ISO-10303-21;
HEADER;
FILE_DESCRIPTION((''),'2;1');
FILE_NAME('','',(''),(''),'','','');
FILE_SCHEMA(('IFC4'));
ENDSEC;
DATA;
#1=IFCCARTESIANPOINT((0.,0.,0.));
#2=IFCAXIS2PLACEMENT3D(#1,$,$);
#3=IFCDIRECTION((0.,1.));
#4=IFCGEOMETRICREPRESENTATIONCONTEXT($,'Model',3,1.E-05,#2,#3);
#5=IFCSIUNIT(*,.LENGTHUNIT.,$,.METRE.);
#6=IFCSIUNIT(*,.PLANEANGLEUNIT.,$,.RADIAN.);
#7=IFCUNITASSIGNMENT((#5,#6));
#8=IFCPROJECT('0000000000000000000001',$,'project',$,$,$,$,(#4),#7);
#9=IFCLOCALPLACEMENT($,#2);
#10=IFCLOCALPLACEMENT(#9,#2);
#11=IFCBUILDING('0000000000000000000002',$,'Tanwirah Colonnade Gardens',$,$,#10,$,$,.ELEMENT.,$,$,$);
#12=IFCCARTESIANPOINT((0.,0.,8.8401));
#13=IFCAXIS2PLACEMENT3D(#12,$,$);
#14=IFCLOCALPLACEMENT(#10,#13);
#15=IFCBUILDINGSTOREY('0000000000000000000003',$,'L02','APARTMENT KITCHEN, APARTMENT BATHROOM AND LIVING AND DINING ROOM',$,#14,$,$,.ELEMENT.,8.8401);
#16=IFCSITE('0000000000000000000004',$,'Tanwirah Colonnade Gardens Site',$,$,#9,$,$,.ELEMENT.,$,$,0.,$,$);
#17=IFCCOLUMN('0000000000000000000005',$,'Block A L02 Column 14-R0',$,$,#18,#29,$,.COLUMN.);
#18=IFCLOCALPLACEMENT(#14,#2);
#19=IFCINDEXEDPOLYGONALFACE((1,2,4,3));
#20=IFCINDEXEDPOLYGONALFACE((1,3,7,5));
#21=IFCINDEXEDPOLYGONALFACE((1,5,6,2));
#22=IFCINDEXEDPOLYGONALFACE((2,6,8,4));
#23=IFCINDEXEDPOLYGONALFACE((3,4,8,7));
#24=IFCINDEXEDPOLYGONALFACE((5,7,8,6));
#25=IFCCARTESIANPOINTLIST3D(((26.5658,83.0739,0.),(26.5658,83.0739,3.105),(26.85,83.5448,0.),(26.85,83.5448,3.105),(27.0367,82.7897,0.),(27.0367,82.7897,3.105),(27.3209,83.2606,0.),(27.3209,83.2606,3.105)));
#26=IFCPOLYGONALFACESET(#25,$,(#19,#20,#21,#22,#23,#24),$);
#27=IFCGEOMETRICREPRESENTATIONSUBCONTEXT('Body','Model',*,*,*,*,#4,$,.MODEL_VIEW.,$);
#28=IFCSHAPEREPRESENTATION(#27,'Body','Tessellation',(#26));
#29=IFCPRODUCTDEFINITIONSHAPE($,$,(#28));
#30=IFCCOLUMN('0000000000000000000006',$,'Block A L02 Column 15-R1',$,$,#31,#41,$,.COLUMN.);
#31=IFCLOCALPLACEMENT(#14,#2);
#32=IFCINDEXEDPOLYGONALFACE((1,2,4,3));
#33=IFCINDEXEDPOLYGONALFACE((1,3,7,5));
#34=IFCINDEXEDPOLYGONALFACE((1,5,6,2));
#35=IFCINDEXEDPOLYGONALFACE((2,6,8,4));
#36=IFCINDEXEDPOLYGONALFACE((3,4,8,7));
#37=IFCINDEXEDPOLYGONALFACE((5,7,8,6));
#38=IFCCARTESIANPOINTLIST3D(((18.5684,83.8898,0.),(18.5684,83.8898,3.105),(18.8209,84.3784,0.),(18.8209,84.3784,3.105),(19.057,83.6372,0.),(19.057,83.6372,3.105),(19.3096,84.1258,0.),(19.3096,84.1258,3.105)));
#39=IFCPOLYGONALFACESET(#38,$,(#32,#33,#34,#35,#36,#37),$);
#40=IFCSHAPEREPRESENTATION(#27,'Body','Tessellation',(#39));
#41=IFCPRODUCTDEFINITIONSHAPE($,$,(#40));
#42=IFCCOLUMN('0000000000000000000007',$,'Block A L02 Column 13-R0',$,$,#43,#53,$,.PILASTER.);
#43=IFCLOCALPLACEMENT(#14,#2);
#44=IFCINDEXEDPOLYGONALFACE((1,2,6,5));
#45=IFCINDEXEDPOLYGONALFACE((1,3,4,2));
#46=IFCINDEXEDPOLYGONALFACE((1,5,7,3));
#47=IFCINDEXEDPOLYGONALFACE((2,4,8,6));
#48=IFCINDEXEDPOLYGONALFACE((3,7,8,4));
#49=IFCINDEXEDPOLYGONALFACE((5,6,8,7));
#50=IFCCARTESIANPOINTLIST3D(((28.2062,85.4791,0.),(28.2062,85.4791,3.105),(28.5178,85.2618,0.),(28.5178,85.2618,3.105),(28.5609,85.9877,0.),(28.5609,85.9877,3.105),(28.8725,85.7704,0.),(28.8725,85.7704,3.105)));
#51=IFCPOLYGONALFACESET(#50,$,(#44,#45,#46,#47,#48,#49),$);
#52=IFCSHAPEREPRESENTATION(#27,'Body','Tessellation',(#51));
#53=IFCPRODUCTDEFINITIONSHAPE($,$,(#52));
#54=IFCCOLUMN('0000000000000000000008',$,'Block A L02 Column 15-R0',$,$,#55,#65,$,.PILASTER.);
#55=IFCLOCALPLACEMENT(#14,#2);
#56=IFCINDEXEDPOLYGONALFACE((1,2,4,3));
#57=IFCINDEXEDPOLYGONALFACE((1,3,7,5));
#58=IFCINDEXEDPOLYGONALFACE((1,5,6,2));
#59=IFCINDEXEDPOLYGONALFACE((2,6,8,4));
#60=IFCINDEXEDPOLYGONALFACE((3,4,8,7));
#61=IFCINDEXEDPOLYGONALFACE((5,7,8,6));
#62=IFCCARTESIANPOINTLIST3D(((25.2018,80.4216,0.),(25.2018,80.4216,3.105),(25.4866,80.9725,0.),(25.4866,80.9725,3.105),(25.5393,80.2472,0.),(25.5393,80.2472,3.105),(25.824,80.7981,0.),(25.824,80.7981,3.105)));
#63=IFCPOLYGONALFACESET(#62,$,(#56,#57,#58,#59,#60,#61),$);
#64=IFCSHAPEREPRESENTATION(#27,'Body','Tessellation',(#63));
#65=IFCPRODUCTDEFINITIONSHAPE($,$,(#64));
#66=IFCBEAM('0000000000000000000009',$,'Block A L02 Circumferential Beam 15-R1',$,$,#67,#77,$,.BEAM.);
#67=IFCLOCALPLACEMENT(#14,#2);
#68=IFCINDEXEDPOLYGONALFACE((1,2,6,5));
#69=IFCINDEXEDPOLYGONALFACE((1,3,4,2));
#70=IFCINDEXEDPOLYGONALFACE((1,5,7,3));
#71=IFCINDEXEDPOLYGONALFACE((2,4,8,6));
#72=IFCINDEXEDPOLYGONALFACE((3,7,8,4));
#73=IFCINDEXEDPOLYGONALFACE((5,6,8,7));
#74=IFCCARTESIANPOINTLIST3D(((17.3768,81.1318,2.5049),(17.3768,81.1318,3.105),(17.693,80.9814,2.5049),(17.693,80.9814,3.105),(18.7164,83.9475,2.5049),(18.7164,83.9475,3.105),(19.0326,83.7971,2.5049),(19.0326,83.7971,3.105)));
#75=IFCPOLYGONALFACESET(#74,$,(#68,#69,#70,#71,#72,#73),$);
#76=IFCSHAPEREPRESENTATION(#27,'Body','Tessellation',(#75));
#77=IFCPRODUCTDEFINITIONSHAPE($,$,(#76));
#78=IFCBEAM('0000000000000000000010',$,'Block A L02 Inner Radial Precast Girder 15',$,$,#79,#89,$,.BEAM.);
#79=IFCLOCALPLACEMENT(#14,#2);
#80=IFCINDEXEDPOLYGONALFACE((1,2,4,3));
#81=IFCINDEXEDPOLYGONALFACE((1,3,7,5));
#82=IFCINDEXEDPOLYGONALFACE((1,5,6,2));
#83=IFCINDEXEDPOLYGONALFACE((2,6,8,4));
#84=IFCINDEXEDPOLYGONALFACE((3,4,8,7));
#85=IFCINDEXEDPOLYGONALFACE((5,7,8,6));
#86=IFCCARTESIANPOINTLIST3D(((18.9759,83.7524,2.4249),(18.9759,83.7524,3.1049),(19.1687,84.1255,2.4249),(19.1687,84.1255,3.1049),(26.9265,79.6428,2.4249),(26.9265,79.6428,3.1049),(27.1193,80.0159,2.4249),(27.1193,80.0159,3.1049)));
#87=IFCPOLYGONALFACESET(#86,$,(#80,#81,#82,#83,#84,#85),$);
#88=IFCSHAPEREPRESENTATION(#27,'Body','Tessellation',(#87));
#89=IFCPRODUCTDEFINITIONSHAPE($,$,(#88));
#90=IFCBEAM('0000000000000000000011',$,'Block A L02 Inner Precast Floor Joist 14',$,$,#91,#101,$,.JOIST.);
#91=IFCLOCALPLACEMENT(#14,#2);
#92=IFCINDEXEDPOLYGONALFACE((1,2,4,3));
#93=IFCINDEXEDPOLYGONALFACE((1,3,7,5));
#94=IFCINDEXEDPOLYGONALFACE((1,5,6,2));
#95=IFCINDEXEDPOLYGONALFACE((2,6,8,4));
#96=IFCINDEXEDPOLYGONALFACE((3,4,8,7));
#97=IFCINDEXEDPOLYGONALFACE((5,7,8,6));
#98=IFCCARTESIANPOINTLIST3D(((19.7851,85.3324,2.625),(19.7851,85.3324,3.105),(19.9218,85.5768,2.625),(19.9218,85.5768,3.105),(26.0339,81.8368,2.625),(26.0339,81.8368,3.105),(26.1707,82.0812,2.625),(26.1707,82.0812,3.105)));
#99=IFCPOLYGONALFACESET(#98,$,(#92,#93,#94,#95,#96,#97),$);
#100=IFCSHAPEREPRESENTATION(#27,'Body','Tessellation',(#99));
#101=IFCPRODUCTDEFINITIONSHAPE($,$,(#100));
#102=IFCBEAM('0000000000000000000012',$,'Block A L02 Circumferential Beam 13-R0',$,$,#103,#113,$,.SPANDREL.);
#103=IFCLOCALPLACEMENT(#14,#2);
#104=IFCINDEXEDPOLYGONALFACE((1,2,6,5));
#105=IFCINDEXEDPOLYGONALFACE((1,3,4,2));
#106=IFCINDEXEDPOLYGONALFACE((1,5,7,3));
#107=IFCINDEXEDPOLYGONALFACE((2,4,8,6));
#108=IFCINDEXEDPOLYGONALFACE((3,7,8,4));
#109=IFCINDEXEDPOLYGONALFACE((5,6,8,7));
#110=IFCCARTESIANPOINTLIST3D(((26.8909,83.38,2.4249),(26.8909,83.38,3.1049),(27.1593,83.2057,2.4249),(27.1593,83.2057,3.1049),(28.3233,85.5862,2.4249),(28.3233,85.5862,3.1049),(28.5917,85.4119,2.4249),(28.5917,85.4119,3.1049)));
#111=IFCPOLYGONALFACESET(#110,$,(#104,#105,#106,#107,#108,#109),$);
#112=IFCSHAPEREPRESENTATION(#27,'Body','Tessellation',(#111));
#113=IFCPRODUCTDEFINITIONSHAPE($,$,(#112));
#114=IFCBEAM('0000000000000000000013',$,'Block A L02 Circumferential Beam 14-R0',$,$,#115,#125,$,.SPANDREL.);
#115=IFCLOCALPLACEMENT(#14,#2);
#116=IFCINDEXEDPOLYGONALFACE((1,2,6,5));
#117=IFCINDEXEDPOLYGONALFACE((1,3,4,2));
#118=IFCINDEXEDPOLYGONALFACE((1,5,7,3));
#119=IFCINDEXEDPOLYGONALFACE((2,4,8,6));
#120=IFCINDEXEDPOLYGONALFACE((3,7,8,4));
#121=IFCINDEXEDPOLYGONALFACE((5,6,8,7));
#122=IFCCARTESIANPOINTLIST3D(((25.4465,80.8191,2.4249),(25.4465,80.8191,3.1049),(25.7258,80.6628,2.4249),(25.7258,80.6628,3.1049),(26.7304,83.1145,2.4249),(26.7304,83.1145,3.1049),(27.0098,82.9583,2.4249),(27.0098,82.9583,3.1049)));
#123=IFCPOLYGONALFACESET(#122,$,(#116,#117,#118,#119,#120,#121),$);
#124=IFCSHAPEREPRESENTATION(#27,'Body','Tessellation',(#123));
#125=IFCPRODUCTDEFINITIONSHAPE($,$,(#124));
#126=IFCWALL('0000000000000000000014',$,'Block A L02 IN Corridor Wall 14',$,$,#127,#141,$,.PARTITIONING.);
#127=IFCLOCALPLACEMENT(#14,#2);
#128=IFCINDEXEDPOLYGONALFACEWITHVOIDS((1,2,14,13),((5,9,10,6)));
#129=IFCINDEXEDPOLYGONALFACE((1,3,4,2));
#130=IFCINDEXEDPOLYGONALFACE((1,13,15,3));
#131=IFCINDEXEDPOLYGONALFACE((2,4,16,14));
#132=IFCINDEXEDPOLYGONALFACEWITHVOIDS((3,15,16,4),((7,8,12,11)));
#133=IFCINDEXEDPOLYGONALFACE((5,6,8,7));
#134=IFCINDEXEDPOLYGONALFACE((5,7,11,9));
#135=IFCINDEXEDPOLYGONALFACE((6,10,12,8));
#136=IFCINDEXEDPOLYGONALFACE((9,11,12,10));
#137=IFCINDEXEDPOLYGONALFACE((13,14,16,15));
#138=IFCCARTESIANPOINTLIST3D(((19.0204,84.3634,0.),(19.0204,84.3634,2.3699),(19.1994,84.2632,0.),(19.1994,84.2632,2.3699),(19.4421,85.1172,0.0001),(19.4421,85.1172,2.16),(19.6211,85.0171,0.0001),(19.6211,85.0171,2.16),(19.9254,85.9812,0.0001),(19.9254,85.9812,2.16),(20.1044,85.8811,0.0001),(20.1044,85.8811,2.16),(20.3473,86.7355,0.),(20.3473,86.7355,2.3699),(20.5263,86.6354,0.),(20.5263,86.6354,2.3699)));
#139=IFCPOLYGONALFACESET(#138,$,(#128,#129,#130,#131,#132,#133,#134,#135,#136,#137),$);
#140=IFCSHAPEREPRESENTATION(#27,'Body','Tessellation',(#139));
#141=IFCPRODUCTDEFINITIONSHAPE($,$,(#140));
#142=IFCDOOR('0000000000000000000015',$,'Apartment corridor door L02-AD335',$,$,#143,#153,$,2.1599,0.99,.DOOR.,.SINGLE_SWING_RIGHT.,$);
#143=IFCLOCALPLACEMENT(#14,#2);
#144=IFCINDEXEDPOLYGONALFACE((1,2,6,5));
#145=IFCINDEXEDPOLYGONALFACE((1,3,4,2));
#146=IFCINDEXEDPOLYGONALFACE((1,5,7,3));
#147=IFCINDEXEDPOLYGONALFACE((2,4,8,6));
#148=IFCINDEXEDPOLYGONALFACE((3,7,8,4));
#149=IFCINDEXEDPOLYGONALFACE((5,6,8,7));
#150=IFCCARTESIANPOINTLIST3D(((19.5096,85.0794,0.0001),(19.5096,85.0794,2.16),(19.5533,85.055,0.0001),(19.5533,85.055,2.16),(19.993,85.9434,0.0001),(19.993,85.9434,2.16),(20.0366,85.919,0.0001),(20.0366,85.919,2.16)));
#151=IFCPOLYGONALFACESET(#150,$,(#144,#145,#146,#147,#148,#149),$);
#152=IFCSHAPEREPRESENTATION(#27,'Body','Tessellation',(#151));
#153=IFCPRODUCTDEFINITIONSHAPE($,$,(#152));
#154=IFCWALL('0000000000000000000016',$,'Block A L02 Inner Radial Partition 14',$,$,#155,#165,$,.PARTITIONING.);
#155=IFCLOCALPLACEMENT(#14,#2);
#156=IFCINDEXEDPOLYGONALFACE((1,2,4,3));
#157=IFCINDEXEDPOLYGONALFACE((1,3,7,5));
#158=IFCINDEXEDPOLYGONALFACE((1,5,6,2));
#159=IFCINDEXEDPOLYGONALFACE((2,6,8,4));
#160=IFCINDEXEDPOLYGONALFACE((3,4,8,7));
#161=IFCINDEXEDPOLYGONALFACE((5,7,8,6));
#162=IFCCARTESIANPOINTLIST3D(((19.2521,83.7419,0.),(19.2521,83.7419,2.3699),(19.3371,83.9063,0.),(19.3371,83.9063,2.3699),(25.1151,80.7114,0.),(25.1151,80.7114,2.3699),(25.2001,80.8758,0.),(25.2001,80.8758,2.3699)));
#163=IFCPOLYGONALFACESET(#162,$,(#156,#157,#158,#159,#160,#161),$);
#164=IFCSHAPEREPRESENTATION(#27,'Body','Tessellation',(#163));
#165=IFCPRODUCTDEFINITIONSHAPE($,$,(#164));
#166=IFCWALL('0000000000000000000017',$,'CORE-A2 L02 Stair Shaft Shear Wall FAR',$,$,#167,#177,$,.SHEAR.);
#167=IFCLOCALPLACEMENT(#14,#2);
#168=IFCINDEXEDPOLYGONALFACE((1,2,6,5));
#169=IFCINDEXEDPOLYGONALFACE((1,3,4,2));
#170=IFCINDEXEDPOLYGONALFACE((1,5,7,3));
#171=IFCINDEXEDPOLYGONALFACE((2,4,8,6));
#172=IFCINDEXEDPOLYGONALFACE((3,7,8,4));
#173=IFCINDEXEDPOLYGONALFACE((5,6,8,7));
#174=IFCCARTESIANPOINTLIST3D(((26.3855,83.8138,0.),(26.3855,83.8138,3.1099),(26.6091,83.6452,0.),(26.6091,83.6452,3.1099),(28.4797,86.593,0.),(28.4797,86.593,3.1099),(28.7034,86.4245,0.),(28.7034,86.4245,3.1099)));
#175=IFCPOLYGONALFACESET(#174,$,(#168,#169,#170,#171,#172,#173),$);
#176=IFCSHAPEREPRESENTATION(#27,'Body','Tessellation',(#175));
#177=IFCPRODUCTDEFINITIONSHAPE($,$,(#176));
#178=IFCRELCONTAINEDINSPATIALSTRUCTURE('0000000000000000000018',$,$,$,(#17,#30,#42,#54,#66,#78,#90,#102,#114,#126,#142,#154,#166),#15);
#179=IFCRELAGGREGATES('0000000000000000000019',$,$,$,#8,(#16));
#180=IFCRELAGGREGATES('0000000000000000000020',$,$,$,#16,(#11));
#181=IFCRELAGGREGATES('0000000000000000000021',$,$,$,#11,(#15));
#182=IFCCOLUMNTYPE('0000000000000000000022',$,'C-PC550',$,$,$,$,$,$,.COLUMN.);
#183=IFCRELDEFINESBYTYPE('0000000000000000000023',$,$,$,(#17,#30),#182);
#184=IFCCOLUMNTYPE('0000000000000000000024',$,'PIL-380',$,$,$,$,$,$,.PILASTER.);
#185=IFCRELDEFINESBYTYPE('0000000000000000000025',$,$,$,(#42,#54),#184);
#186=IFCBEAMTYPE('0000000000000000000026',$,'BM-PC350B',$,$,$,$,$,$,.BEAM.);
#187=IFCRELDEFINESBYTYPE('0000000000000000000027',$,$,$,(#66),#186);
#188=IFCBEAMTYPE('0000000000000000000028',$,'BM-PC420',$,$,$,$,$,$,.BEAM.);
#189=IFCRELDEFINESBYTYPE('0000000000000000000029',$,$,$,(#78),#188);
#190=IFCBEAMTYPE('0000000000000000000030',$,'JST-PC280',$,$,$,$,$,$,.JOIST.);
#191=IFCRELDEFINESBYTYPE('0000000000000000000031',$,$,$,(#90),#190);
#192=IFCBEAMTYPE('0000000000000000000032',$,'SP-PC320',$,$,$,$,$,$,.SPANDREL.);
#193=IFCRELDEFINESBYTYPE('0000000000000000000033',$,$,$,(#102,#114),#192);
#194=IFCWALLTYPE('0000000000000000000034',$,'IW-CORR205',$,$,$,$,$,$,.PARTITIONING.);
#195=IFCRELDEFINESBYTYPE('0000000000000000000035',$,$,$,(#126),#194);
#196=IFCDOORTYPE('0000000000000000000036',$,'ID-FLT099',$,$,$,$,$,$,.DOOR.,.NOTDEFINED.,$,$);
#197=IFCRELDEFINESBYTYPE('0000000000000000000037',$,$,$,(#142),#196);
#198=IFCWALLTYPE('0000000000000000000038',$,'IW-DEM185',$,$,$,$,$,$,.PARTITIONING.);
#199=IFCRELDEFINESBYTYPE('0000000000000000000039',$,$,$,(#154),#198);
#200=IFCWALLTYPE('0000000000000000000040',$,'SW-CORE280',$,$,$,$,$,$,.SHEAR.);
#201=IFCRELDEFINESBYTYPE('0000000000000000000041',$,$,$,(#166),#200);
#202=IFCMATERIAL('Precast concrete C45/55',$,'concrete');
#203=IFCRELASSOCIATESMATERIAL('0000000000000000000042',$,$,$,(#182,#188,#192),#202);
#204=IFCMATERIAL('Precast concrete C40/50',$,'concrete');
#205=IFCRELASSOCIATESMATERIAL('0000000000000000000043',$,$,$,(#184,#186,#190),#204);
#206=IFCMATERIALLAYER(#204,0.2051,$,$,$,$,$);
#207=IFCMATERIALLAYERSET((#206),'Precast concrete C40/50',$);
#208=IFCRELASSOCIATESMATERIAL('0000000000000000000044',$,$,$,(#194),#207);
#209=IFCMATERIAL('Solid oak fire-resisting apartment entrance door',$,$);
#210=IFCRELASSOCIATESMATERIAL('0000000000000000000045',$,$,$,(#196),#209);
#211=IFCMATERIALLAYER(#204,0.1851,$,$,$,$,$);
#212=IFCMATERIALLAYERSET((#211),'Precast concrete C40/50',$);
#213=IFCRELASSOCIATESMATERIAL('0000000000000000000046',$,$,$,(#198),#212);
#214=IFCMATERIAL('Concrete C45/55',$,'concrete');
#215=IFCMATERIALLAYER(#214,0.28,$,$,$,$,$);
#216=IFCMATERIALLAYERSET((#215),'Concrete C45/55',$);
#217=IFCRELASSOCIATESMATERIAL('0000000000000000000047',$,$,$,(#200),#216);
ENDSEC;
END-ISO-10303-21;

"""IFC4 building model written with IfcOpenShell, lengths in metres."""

from ifc_helpers import new_model, si_unit, direction, frame, frame_2d, origin, origin_2d, place, context, subcontext, project, spatial, rectangle, extrude, material, layer, layer_set, material_profile, profile_set, type_object, element, fill, save


model = new_model("IFC4")

# Units and contexts
model_context = context("Model", 3, precision=1e-05, world=origin(), true_north=direction((0.0, 1.0)))
body_context = subcontext(model_context, "Body", "Model", "MODEL_VIEW")
ifc_project = project(units=[si_unit("LENGTHUNIT", "METRE"), si_unit("PLANEANGLEUNIT", "RADIAN")], contexts=[model_context])

# Site, building, storey
site_placement = place(None, origin())
site = spatial("IfcSite", under=ifc_project, at=site_placement, Name="Tanwirah Colonnade Gardens Site", CompositionType="ELEMENT", RefElevation=0.0)
building_placement = place(site_placement, origin())
building = spatial("IfcBuilding", under=site, at=building_placement, Name="Tanwirah Colonnade Gardens", CompositionType="ELEMENT")
storey_placement = place(building_placement, frame((0.0, 0.0, 8.8401)))
storey = spatial("IfcBuildingStorey", under=building, at=storey_placement, Name="L02", Description="APARTMENT KITCHEN, APARTMENT BATHROOM AND LIVING AND DINING ROOM", CompositionType="ELEMENT", Elevation=8.8401)

# Columns
ifc_material_1 = material(Name="Precast concrete C45/55", Category="concrete")
ifc_material_profile_1 = material_profile(ifc_material_1, rectangle(XDim=0.55, YDim=0.55, at=origin_2d()), Name="PC-COL 550x550")
ifc_profile_set_1 = profile_set([ifc_material_profile_1], Name="Precast concrete C45/55")
column_type_1 = type_object("IfcColumnType", Name="C-PC550", PredefinedType="COLUMN", material=ifc_profile_set_1)
for number, where, z_axis, x_axis, name in (
    (1, (26.9434, 83.1672, 0.0), (0.0, 0.0, 1.0), (-0.856167, 0.516699, 0.0), "Block A L02 Column 14-R0"),
    (2, (18.939, 84.0078, 0.0), (0.0, 0.0, 1.0), (-0.88835, 0.459166, 0.0), "Block A L02 Column 15-R1"),
):
    element("IfcColumn", number, at=place(storey_placement, frame(where, z_axis=z_axis, x_axis=x_axis)), inside=storey, type_object=column_type_1, Name=name, PredefinedType="COLUMN", context=body_context, shape_type="SweptSolid", body=[
        extrude(rectangle(XDim=0.55, YDim=0.55, at=origin_2d()), origin(), (0.0, 0.0, 1.0), 3.105),
    ])
ifc_material_2 = material(Name="Precast concrete C40/50", Category="concrete")
ifc_material_profile_2 = material_profile(ifc_material_2, rectangle(XDim=0.3799, YDim=0.6201, at=origin_2d()), Name="PC-PIL 380x620")
ifc_profile_set_2 = profile_set([ifc_material_profile_2], Name="Precast concrete C40/50")
column_type_2 = type_object("IfcColumnType", Name="PIL-380", PredefinedType="PILASTER", material=ifc_profile_set_2)
for number, where, z_axis, x_axis, name in (
    (3, (28.5393, 85.6248, 0.0), (0.0, 0.0, 1.0), (-0.820263, 0.571987, 0.0), "Block A L02 Column 13-R0"),
    (4, (25.5129, 80.6099, 0.0), (0.0, 0.0, 1.0), (-0.88835, 0.459166, 0.0), "Block A L02 Column 15-R0"),
):
    element("IfcColumn", number, at=place(storey_placement, frame(where, z_axis=z_axis, x_axis=x_axis)), inside=storey, type_object=column_type_2, Name=name, PredefinedType="PILASTER", context=body_context, shape_type="SweptSolid", body=[
        extrude(rectangle(XDim=0.3799, YDim=0.6201, at=origin_2d()), origin(), (0.0, 0.0, 1.0), 3.105),
    ])

# Beams
ifc_material_profile_3 = material_profile(ifc_material_2, rectangle(XDim=0.3501, YDim=0.6001, at=origin_2d()), Name="PC-BM 350x600")
ifc_profile_set_3 = profile_set([ifc_material_profile_3], Name="Precast concrete C40/50")
beam_type_1 = type_object("IfcBeamType", Name="BM-PC350B", PredefinedType="BEAM", material=ifc_profile_set_3)
beam_1_placement = place(storey_placement, frame((18.8745, 83.8723, 2.8049), z_axis=(-0.429621, -0.90301, 0.0), x_axis=(0.90301, -0.429621, 0.0)))
element("IfcBeam", 5, at=beam_1_placement, inside=storey, type_object=beam_type_1, Name="Block A L02 Circumferential Beam 15-R1", PredefinedType="BEAM", context=body_context, shape_type="SweptSolid", body=[
    extrude(rectangle(XDim=0.3501, YDim=0.6001, at=origin_2d()), origin(), (0.0, 0.0, 1.0), 3.1182),
])
ifc_material_profile_4 = material_profile(ifc_material_1, rectangle(XDim=0.4199, YDim=0.6799, at=origin_2d()), Name="PC-BM 420x680")
ifc_profile_set_4 = profile_set([ifc_material_profile_4], Name="Precast concrete C45/55")
beam_type_2 = type_object("IfcBeamType", Name="BM-PC420", PredefinedType="BEAM", material=ifc_profile_set_4)
beam_2_placement = place(storey_placement, frame((19.0723, 83.939, 2.7649), z_axis=(0.888345, -0.459176, 0.0), x_axis=(0.459176, 0.888345, 0.0)))
element("IfcBeam", 6, at=beam_2_placement, inside=storey, type_object=beam_type_2, Name="Block A L02 Inner Radial Precast Girder 15", PredefinedType="BEAM", context=body_context, shape_type="SweptSolid", body=[
    extrude(rectangle(XDim=0.4199, YDim=0.6799, at=origin_2d()), origin(), (0.0, 0.0, 1.0), 8.95),
])
ifc_material_profile_5 = material_profile(ifc_material_2, rectangle(XDim=0.28, YDim=0.48, at=origin_2d()), Name="PC-JST 280x480")
ifc_profile_set_5 = profile_set([ifc_material_profile_5], Name="Precast concrete C40/50")
beam_type_3 = type_object("IfcBeamType", Name="JST-PC280", PredefinedType="JOIST", material=ifc_profile_set_5)
beam_3_placement = place(storey_placement, frame((26.1023, 81.959, 2.865), z_axis=(-0.872727, 0.488209, 0.0), x_axis=(-0.488209, -0.872727, 0.0)))
element("IfcBeam", 7, at=beam_3_placement, inside=storey, type_object=beam_type_3, Name="Block A L02 Inner Precast Floor Joist 14", PredefinedType="JOIST", context=body_context, shape_type="SweptSolid", body=[
    extrude(rectangle(XDim=0.28, YDim=0.48, at=origin_2d()), origin(), (0.0, 0.0, 1.0), 7.1602),
])
ifc_material_profile_6 = material_profile(ifc_material_1, rectangle(XDim=0.3201, YDim=0.6799, at=origin_2d()), Name="PC-SP 320x680")
ifc_profile_set_6 = profile_set([ifc_material_profile_6], Name="Precast concrete C45/55")
beam_type_4 = type_object("IfcBeamType", Name="SP-PC320", PredefinedType="SPANDREL", material=ifc_profile_set_6)
beam_4_placement = place(storey_placement, frame((28.4575, 85.499, 2.7649), z_axis=(-0.544571, -0.838715, 0.0), x_axis=(0.838715, -0.544571, 0.0)))
element("IfcBeam", 8, at=beam_4_placement, inside=storey, type_object=beam_type_4, Name="Block A L02 Circumferential Beam 13-R0", PredefinedType="SPANDREL", context=body_context, shape_type="SweptSolid", body=[
    extrude(rectangle(XDim=0.3201, YDim=0.6799, at=origin_2d()), origin(), (0.0, 0.0, 1.0), 2.6304),
])
beam_5_placement = place(storey_placement, frame((26.8701, 83.0364, 2.7649), z_axis=(-0.488171, -0.872748, 0.0), x_axis=(0.872748, -0.488171, 0.0)))
element("IfcBeam", 9, at=beam_5_placement, inside=storey, type_object=beam_type_4, Name="Block A L02 Circumferential Beam 14-R0", PredefinedType="SPANDREL", context=body_context, shape_type="SweptSolid", body=[
    extrude(rectangle(XDim=0.3201, YDim=0.6799, at=origin_2d()), origin(), (0.0, 0.0, 1.0), 2.6301),
])

# Wall, opening, door
ifc_layer_1 = layer(ifc_material_2, 0.2051)
ifc_layer_set_1 = layer_set([ifc_layer_1], Name="Precast concrete C40/50")
wall_type_1 = type_object("IfcWallType", Name="IW-CORR205", PredefinedType="PARTITIONING", material=ifc_layer_set_1)
wall_1_placement = place(storey_placement, frame((20.4368, 86.6853, 0.0), z_axis=(0.0, 0.0, 1.0), x_axis=(-0.488196, -0.872734, 0.0)))
wall_1 = element("IfcWall", 10, at=wall_1_placement, inside=storey, type_object=wall_type_1, Name="Block A L02 IN Corridor Wall 14", PredefinedType="PARTITIONING", context=body_context, shape_type="SweptSolid", body=[
    extrude(rectangle(XDim=2.718, YDim=0.2051, at=frame_2d((1.3589, 0.0))), origin(), (0.0, 0.0, 1.0), 2.3699),
])
opening_placement = place(wall_1_placement, frame((0.864, 0.0, 0.0)))
opening = element("IfcOpeningElement", 11, at=opening_placement, cuts=wall_1, PredefinedType="OPENING", context=body_context, shape_type="SweptSolid", body=[
    extrude(rectangle(XDim=0.99, YDim=2.1599, at=frame_2d((0.4951, 1.0801))), frame((0.0, 0.1125, 0.0), z_axis=(0.0, -1.0, 0.0), x_axis=(1.0, 0.0, 0.0)), (0.0, 0.0, 1.0), 0.2251),
])
ifc_material_3 = material(Name="Solid oak fire-resisting apartment entrance door")
door_type = type_object("IfcDoorType", Name="ID-FLT099", OperationType="NOTDEFINED", PredefinedType="DOOR", material=ifc_material_3)
door_placement = place(opening_placement, origin())
door = element("IfcDoor", 12, at=door_placement, inside=storey, type_object=door_type, Name="Apartment corridor door L02-AD335", OperationType="SINGLE_SWING_RIGHT", OverallHeight=2.1599, OverallWidth=0.99, PredefinedType="DOOR", context=body_context, shape_type="SweptSolid", body=[
    extrude(rectangle(XDim=0.99, YDim=2.1599, at=frame_2d((0.4951, 1.0801))), frame((0.0, 0.0249, 0.0), z_axis=(0.0, -1.0, 0.0), x_axis=(1.0, 0.0, 0.0)), (0.0, 0.0, 1.0), 0.05),
])
fill(opening, door)

# Walls
ifc_layer_2 = layer(ifc_material_2, 0.1851)
ifc_layer_set_2 = layer_set([ifc_layer_2], Name="Precast concrete C40/50")
wall_type_2 = type_object("IfcWallType", Name="IW-DEM185", PredefinedType="PARTITIONING", material=ifc_layer_set_2)
wall_2_placement = place(storey_placement, frame((25.1575, 80.7937, 0.0), z_axis=(0.0, 0.0, 1.0), x_axis=(-0.888347, 0.459173, 0.0)))
element("IfcWall", 13, at=wall_2_placement, inside=storey, type_object=wall_type_2, Name="Block A L02 Inner Radial Partition 14", PredefinedType="PARTITIONING", context=body_context, shape_type="SweptSolid", body=[
    extrude(rectangle(XDim=6.5999, YDim=0.1851, at=frame_2d((3.2998, 0.0))), origin(), (0.0, 0.0, 1.0), 2.3699),
])
ifc_material_4 = material(Name="Concrete C45/55", Category="concrete")
ifc_layer_3 = layer(ifc_material_4, 0.28)
ifc_layer_set_3 = layer_set([ifc_layer_3], Name="Concrete C45/55")
wall_type_3 = type_object("IfcWallType", Name="SW-CORE280", PredefinedType="SHEAR", material=ifc_layer_set_3)
wall_3_placement = place(storey_placement, frame((26.4973, 83.7295, 0.0), z_axis=(0.0, 0.0, 1.0), x_axis=(0.601794, 0.798651, 0.0)))
element("IfcWall", 14, at=wall_3_placement, inside=storey, type_object=wall_type_3, Name="CORE-A2 L02 Stair Shaft Shear Wall FAR", PredefinedType="SHEAR", context=body_context, shape_type="SweptSolid", body=[
    extrude(rectangle(XDim=3.48, YDim=0.28, at=frame_2d((1.74, 0.0))), origin(), (0.0, 0.0, 1.0), 3.1099),
])

save(model, "model.ifc")
